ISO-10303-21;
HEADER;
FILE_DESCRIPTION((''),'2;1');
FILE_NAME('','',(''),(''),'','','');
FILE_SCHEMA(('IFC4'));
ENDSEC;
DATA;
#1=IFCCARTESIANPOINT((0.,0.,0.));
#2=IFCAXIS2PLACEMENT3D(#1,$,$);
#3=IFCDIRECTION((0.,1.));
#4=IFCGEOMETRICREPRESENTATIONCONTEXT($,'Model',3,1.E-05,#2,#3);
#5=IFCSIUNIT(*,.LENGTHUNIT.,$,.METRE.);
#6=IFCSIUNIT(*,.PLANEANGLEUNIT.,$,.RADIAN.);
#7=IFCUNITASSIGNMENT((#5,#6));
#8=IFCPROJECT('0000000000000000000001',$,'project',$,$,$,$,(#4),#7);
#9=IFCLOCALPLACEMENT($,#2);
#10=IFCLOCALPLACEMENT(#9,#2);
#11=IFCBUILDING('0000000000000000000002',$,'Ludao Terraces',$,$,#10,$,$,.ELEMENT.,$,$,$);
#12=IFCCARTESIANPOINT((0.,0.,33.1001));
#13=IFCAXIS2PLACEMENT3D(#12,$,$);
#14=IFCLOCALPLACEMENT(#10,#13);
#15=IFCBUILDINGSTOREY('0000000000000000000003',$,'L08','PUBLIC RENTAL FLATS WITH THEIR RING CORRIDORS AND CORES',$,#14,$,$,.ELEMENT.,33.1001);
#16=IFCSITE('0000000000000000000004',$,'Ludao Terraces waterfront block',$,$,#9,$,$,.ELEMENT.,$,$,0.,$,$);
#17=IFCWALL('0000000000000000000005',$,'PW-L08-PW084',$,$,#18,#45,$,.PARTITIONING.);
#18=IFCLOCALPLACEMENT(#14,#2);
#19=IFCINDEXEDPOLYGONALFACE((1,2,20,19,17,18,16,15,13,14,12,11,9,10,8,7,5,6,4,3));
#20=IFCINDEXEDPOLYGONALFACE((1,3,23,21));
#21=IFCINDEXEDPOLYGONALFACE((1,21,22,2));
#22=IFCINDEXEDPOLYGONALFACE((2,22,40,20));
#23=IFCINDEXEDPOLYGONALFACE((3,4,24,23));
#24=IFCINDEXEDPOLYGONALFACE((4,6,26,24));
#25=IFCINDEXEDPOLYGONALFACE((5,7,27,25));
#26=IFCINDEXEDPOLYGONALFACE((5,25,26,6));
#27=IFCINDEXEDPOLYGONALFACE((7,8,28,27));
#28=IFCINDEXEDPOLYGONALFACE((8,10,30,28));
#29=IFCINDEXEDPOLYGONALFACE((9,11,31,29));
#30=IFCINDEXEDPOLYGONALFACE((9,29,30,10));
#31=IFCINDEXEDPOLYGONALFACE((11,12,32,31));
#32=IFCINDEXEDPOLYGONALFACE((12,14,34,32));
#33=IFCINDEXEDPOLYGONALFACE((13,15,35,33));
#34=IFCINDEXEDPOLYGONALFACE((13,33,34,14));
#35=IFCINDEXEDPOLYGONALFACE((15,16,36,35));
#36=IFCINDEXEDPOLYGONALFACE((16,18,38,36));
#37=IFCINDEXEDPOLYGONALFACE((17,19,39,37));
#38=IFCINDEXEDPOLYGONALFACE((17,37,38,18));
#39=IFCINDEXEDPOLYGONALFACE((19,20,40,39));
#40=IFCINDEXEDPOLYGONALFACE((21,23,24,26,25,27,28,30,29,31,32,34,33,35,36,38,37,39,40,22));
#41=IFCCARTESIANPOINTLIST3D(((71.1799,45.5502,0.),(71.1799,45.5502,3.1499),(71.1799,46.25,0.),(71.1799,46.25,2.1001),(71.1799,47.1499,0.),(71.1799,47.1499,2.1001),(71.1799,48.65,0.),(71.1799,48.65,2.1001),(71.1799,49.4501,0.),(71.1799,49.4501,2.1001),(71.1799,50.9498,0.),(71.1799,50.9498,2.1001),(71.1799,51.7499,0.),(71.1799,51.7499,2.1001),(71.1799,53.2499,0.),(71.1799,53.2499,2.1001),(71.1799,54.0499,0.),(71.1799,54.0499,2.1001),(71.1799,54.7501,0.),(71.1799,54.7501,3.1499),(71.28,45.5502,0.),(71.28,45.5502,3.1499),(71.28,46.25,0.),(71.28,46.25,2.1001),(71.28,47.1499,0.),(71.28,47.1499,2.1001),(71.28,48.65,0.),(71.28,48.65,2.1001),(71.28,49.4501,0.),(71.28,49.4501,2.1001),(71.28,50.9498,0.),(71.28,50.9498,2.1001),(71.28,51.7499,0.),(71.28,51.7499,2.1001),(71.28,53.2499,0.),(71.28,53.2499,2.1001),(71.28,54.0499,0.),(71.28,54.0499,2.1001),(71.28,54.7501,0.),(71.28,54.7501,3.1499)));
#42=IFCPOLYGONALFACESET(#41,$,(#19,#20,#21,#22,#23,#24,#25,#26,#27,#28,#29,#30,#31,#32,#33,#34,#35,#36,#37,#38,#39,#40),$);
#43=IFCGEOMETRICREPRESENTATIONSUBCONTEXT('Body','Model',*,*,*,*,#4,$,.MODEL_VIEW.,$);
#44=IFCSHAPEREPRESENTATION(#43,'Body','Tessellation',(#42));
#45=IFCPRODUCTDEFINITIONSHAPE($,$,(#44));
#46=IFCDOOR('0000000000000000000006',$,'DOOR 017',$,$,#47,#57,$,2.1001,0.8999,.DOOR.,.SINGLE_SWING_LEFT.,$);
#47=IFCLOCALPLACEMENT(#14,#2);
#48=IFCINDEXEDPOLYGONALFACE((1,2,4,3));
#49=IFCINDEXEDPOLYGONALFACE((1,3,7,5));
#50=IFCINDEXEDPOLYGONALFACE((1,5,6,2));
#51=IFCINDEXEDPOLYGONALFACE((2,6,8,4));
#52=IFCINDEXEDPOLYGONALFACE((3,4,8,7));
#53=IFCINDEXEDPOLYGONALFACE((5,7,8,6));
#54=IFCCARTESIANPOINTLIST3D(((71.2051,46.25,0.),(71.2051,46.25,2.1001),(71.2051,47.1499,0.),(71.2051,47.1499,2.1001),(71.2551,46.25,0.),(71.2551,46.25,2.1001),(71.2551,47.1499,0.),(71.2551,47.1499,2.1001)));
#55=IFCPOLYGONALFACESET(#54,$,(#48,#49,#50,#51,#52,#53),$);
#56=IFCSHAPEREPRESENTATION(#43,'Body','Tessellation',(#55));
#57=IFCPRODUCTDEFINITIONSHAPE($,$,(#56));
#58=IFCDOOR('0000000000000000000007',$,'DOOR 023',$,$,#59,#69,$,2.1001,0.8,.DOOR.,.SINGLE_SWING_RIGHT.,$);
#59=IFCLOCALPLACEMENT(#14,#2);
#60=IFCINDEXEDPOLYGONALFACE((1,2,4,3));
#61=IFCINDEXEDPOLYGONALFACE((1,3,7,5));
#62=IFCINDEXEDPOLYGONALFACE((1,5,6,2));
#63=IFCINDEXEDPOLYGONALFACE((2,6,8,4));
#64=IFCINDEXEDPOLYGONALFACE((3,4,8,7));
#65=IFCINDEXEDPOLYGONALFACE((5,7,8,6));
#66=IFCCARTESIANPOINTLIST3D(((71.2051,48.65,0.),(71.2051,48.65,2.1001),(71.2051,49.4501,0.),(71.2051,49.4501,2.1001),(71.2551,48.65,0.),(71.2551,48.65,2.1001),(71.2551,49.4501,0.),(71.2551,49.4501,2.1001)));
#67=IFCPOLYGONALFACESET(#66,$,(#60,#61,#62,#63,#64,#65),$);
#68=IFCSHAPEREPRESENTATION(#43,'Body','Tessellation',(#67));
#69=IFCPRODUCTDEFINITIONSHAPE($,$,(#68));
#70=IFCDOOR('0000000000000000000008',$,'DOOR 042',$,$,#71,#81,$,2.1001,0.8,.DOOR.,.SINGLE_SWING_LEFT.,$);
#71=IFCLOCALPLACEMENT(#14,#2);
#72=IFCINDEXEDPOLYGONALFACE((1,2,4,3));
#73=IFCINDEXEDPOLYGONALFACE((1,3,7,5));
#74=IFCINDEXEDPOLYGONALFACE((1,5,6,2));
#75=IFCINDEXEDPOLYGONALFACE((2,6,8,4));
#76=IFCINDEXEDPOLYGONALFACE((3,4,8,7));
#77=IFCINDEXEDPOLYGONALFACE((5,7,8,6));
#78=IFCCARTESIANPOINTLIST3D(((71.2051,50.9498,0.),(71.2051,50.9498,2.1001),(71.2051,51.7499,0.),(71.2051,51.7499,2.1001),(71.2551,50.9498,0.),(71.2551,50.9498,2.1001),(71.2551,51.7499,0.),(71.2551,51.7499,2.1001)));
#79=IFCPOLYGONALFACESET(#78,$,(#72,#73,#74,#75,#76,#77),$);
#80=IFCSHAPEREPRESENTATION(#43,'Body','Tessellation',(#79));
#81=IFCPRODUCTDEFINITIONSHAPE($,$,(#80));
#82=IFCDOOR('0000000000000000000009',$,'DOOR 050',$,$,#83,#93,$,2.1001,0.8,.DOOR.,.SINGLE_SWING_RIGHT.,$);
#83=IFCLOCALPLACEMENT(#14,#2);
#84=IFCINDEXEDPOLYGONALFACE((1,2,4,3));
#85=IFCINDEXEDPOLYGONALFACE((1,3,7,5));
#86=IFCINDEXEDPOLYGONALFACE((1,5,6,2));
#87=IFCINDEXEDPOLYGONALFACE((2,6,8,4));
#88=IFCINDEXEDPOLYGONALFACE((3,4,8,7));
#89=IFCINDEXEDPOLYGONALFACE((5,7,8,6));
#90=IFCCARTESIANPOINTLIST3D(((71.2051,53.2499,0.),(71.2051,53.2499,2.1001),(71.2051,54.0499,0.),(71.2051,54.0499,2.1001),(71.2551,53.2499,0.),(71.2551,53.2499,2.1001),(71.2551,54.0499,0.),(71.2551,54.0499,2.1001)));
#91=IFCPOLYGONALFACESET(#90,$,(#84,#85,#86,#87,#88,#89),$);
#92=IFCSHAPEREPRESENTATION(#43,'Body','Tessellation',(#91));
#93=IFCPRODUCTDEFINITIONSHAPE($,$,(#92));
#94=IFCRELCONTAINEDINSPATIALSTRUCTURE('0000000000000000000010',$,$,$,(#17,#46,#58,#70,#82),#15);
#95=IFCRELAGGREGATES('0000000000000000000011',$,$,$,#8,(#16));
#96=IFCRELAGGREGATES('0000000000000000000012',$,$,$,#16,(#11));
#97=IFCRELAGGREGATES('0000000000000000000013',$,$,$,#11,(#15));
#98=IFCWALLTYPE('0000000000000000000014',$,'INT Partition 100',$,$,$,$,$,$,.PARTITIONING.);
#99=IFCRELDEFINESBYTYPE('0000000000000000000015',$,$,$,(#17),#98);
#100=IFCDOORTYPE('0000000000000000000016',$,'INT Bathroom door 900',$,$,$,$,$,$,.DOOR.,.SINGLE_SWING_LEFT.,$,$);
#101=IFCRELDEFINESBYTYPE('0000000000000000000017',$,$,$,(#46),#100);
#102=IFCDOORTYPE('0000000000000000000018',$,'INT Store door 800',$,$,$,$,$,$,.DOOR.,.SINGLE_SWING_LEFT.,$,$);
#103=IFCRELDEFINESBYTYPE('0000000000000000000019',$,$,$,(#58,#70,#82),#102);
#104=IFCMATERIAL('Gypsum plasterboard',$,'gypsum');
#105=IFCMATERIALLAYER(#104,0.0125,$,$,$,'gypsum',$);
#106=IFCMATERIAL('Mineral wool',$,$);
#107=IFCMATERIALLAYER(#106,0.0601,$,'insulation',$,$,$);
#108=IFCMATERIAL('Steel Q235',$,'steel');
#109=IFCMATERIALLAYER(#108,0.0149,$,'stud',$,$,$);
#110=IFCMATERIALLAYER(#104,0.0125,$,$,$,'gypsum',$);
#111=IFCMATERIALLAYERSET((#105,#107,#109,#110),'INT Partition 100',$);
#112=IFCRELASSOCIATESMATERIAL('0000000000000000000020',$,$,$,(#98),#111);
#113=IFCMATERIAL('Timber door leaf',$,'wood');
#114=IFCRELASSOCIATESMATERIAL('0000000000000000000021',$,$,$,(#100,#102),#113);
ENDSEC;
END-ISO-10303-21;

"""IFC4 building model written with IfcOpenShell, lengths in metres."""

from ifc_helpers import new_model, si_unit, direction, frame, frame_2d, origin, place, context, subcontext, project, spatial, rectangle, extrude, material, layer, layer_set, type_object, element, fill, save


model = new_model("IFC4")

# Units and contexts
model_context = context("Model", 3, precision=1e-05, world=origin(), true_north=direction((0.0, 1.0)))
body_context = subcontext(model_context, "Body", "Model", "MODEL_VIEW")
ifc_project = project(units=[si_unit("LENGTHUNIT", "METRE"), si_unit("PLANEANGLEUNIT", "RADIAN")], contexts=[model_context])

# Site, building, storey
site_placement = place(None, origin())
site = spatial("IfcSite", under=ifc_project, at=site_placement, Name="Ludao Terraces waterfront block", CompositionType="ELEMENT", RefElevation=0.0)
building_placement = place(site_placement, origin())
building = spatial("IfcBuilding", under=site, at=building_placement, Name="Ludao Terraces", CompositionType="ELEMENT")
storey_placement = place(building_placement, frame((0.0, 0.0, 33.1001)))
storey = spatial("IfcBuildingStorey", under=building, at=storey_placement, Name="L08", Description="PUBLIC RENTAL FLATS WITH THEIR RING CORRIDORS AND CORES", CompositionType="ELEMENT", Elevation=33.1001)

# Wall, openings, doors
ifc_material_1 = material(Name="Gypsum plasterboard", Category="gypsum")
ifc_layer_1 = layer(ifc_material_1, 0.0125, Category="gypsum")
ifc_material_2 = material(Name="Mineral wool")
ifc_layer_2 = layer(ifc_material_2, 0.0601, Name="insulation")
ifc_material_3 = material(Name="Steel Q235", Category="steel")
ifc_layer_3 = layer(ifc_material_3, 0.0149, Name="stud")
ifc_layer_4 = layer(ifc_material_1, 0.0125, Category="gypsum")
ifc_layer_set = layer_set([ifc_layer_1, ifc_layer_2, ifc_layer_3, ifc_layer_4], Name="INT Partition 100")
wall_type = type_object("IfcWallType", Name="INT Partition 100", PredefinedType="PARTITIONING", material=ifc_layer_set)
ifc_material_4 = material(Name="Timber door leaf", Category="wood")
door_type_1 = type_object("IfcDoorType", Name="INT Bathroom door 900", OperationType="SINGLE_SWING_LEFT", PredefinedType="DOOR", material=ifc_material_4)
wall_1_placement = place(storey_placement, frame((71.23, 45.55, 0.0), z_axis=(0.0, 0.0, 1.0), x_axis=(0.0, 1.0, 0.0)))
wall_1 = element("IfcWall", 1, at=wall_1_placement, inside=storey, type_object=wall_type, Name="PW-L08-PW084", PredefinedType="PARTITIONING", context=body_context, shape_type="SweptSolid", body=[
    extrude(rectangle(XDim=9.2, YDim=0.1001, at=frame_2d((4.6001, 0.0))), origin(), (0.0, 0.0, 1.0), 3.1499),
])
opening_1_placement = place(wall_1_placement, frame((0.7, 0.0, 0.0)))
opening_1 = element("IfcOpeningElement", 2, at=opening_1_placement, cuts=wall_1, PredefinedType="OPENING", context=body_context, shape_type="SweptSolid", body=[
    extrude(rectangle(XDim=0.8999, YDim=2.1001, at=frame_2d((0.45, 1.05))), frame((0.0, 0.0601, 0.0), z_axis=(0.0, -1.0, 0.0), x_axis=(1.0, 0.0, 0.0)), (0.0, 0.0, 1.0), 0.1201),
])
opening_2_placement = place(wall_1_placement, frame((3.1001, 0.0, 0.0)))
opening_2 = element("IfcOpeningElement", 3, at=opening_2_placement, cuts=wall_1, PredefinedType="OPENING", context=body_context, shape_type="SweptSolid", body=[
    extrude(rectangle(XDim=0.8, YDim=2.1001, at=frame_2d((0.3999, 1.05))), frame((0.0, 0.0601, 0.0), z_axis=(0.0, -1.0, 0.0), x_axis=(1.0, 0.0, 0.0)), (0.0, 0.0, 1.0), 0.1201),
])
opening_3_placement = place(wall_1_placement, frame((5.3999, 0.0, 0.0)))
opening_3 = element("IfcOpeningElement", 4, at=opening_3_placement, cuts=wall_1, PredefinedType="OPENING", context=body_context, shape_type="SweptSolid", body=[
    extrude(rectangle(XDim=0.8, YDim=2.1001, at=frame_2d((0.3999, 1.05))), frame((0.0, 0.0601, 0.0), z_axis=(0.0, -1.0, 0.0), x_axis=(1.0, 0.0, 0.0)), (0.0, 0.0, 1.0), 0.1201),
])
opening_4_placement = place(wall_1_placement, frame((7.7, 0.0, 0.0)))
opening_4 = element("IfcOpeningElement", 5, at=opening_4_placement, cuts=wall_1, PredefinedType="OPENING", context=body_context, shape_type="SweptSolid", body=[
    extrude(rectangle(XDim=0.8, YDim=2.1001, at=frame_2d((0.3999, 1.05))), frame((0.0, 0.0601, 0.0), z_axis=(0.0, -1.0, 0.0), x_axis=(1.0, 0.0, 0.0)), (0.0, 0.0, 1.0), 0.1201),
])
door_1_placement = place(opening_1_placement, origin())
door_1 = element("IfcDoor", 6, at=door_1_placement, inside=storey, type_object=door_type_1, Name="DOOR 017", OperationType="SINGLE_SWING_LEFT", OverallHeight=2.1001, OverallWidth=0.8999, PredefinedType="DOOR", context=body_context, shape_type="SweptSolid", body=[
    extrude(rectangle(XDim=0.8999, YDim=2.1001, at=frame_2d((0.45, 1.05))), frame((0.0, 0.0249, 0.0), z_axis=(0.0, -1.0, 0.0), x_axis=(1.0, 0.0, 0.0)), (0.0, 0.0, 1.0), 0.05),
])
fill(opening_1, door_1)
door_type_2 = type_object("IfcDoorType", Name="INT Store door 800", OperationType="SINGLE_SWING_LEFT", PredefinedType="DOOR", material=ifc_material_4)
door_2_placement = place(opening_2_placement, origin())
door_2 = element("IfcDoor", 7, at=door_2_placement, inside=storey, type_object=door_type_2, Name="DOOR 023", OperationType="SINGLE_SWING_RIGHT", OverallHeight=2.1001, OverallWidth=0.8, PredefinedType="DOOR", context=body_context, shape_type="SweptSolid", body=[
    extrude(rectangle(XDim=0.8, YDim=2.1001, at=frame_2d((0.3999, 1.05))), frame((0.0, 0.0249, 0.0), z_axis=(0.0, -1.0, 0.0), x_axis=(1.0, 0.0, 0.0)), (0.0, 0.0, 1.0), 0.05),
])
fill(opening_2, door_2)
door_3_placement = place(opening_3_placement, origin())
door_3 = element("IfcDoor", 8, at=door_3_placement, inside=storey, type_object=door_type_2, Name="DOOR 042", OperationType="SINGLE_SWING_LEFT", OverallHeight=2.1001, OverallWidth=0.8, PredefinedType="DOOR", context=body_context, shape_type="SweptSolid", body=[
    extrude(rectangle(XDim=0.8, YDim=2.1001, at=frame_2d((0.3999, 1.05))), frame((0.0, 0.0249, 0.0), z_axis=(0.0, -1.0, 0.0), x_axis=(1.0, 0.0, 0.0)), (0.0, 0.0, 1.0), 0.05),
])
fill(opening_3, door_3)
door_4_placement = place(opening_4_placement, origin())
door_4 = element("IfcDoor", 9, at=door_4_placement, inside=storey, type_object=door_type_2, Name="DOOR 050", OperationType="SINGLE_SWING_RIGHT", OverallHeight=2.1001, OverallWidth=0.8, PredefinedType="DOOR", context=body_context, shape_type="SweptSolid", body=[
    extrude(rectangle(XDim=0.8, YDim=2.1001, at=frame_2d((0.3999, 1.05))), frame((0.0, 0.0249, 0.0), z_axis=(0.0, -1.0, 0.0), x_axis=(1.0, 0.0, 0.0)), (0.0, 0.0, 1.0), 0.05),
])
fill(opening_4, door_4)

save(model, "model.ifc")
